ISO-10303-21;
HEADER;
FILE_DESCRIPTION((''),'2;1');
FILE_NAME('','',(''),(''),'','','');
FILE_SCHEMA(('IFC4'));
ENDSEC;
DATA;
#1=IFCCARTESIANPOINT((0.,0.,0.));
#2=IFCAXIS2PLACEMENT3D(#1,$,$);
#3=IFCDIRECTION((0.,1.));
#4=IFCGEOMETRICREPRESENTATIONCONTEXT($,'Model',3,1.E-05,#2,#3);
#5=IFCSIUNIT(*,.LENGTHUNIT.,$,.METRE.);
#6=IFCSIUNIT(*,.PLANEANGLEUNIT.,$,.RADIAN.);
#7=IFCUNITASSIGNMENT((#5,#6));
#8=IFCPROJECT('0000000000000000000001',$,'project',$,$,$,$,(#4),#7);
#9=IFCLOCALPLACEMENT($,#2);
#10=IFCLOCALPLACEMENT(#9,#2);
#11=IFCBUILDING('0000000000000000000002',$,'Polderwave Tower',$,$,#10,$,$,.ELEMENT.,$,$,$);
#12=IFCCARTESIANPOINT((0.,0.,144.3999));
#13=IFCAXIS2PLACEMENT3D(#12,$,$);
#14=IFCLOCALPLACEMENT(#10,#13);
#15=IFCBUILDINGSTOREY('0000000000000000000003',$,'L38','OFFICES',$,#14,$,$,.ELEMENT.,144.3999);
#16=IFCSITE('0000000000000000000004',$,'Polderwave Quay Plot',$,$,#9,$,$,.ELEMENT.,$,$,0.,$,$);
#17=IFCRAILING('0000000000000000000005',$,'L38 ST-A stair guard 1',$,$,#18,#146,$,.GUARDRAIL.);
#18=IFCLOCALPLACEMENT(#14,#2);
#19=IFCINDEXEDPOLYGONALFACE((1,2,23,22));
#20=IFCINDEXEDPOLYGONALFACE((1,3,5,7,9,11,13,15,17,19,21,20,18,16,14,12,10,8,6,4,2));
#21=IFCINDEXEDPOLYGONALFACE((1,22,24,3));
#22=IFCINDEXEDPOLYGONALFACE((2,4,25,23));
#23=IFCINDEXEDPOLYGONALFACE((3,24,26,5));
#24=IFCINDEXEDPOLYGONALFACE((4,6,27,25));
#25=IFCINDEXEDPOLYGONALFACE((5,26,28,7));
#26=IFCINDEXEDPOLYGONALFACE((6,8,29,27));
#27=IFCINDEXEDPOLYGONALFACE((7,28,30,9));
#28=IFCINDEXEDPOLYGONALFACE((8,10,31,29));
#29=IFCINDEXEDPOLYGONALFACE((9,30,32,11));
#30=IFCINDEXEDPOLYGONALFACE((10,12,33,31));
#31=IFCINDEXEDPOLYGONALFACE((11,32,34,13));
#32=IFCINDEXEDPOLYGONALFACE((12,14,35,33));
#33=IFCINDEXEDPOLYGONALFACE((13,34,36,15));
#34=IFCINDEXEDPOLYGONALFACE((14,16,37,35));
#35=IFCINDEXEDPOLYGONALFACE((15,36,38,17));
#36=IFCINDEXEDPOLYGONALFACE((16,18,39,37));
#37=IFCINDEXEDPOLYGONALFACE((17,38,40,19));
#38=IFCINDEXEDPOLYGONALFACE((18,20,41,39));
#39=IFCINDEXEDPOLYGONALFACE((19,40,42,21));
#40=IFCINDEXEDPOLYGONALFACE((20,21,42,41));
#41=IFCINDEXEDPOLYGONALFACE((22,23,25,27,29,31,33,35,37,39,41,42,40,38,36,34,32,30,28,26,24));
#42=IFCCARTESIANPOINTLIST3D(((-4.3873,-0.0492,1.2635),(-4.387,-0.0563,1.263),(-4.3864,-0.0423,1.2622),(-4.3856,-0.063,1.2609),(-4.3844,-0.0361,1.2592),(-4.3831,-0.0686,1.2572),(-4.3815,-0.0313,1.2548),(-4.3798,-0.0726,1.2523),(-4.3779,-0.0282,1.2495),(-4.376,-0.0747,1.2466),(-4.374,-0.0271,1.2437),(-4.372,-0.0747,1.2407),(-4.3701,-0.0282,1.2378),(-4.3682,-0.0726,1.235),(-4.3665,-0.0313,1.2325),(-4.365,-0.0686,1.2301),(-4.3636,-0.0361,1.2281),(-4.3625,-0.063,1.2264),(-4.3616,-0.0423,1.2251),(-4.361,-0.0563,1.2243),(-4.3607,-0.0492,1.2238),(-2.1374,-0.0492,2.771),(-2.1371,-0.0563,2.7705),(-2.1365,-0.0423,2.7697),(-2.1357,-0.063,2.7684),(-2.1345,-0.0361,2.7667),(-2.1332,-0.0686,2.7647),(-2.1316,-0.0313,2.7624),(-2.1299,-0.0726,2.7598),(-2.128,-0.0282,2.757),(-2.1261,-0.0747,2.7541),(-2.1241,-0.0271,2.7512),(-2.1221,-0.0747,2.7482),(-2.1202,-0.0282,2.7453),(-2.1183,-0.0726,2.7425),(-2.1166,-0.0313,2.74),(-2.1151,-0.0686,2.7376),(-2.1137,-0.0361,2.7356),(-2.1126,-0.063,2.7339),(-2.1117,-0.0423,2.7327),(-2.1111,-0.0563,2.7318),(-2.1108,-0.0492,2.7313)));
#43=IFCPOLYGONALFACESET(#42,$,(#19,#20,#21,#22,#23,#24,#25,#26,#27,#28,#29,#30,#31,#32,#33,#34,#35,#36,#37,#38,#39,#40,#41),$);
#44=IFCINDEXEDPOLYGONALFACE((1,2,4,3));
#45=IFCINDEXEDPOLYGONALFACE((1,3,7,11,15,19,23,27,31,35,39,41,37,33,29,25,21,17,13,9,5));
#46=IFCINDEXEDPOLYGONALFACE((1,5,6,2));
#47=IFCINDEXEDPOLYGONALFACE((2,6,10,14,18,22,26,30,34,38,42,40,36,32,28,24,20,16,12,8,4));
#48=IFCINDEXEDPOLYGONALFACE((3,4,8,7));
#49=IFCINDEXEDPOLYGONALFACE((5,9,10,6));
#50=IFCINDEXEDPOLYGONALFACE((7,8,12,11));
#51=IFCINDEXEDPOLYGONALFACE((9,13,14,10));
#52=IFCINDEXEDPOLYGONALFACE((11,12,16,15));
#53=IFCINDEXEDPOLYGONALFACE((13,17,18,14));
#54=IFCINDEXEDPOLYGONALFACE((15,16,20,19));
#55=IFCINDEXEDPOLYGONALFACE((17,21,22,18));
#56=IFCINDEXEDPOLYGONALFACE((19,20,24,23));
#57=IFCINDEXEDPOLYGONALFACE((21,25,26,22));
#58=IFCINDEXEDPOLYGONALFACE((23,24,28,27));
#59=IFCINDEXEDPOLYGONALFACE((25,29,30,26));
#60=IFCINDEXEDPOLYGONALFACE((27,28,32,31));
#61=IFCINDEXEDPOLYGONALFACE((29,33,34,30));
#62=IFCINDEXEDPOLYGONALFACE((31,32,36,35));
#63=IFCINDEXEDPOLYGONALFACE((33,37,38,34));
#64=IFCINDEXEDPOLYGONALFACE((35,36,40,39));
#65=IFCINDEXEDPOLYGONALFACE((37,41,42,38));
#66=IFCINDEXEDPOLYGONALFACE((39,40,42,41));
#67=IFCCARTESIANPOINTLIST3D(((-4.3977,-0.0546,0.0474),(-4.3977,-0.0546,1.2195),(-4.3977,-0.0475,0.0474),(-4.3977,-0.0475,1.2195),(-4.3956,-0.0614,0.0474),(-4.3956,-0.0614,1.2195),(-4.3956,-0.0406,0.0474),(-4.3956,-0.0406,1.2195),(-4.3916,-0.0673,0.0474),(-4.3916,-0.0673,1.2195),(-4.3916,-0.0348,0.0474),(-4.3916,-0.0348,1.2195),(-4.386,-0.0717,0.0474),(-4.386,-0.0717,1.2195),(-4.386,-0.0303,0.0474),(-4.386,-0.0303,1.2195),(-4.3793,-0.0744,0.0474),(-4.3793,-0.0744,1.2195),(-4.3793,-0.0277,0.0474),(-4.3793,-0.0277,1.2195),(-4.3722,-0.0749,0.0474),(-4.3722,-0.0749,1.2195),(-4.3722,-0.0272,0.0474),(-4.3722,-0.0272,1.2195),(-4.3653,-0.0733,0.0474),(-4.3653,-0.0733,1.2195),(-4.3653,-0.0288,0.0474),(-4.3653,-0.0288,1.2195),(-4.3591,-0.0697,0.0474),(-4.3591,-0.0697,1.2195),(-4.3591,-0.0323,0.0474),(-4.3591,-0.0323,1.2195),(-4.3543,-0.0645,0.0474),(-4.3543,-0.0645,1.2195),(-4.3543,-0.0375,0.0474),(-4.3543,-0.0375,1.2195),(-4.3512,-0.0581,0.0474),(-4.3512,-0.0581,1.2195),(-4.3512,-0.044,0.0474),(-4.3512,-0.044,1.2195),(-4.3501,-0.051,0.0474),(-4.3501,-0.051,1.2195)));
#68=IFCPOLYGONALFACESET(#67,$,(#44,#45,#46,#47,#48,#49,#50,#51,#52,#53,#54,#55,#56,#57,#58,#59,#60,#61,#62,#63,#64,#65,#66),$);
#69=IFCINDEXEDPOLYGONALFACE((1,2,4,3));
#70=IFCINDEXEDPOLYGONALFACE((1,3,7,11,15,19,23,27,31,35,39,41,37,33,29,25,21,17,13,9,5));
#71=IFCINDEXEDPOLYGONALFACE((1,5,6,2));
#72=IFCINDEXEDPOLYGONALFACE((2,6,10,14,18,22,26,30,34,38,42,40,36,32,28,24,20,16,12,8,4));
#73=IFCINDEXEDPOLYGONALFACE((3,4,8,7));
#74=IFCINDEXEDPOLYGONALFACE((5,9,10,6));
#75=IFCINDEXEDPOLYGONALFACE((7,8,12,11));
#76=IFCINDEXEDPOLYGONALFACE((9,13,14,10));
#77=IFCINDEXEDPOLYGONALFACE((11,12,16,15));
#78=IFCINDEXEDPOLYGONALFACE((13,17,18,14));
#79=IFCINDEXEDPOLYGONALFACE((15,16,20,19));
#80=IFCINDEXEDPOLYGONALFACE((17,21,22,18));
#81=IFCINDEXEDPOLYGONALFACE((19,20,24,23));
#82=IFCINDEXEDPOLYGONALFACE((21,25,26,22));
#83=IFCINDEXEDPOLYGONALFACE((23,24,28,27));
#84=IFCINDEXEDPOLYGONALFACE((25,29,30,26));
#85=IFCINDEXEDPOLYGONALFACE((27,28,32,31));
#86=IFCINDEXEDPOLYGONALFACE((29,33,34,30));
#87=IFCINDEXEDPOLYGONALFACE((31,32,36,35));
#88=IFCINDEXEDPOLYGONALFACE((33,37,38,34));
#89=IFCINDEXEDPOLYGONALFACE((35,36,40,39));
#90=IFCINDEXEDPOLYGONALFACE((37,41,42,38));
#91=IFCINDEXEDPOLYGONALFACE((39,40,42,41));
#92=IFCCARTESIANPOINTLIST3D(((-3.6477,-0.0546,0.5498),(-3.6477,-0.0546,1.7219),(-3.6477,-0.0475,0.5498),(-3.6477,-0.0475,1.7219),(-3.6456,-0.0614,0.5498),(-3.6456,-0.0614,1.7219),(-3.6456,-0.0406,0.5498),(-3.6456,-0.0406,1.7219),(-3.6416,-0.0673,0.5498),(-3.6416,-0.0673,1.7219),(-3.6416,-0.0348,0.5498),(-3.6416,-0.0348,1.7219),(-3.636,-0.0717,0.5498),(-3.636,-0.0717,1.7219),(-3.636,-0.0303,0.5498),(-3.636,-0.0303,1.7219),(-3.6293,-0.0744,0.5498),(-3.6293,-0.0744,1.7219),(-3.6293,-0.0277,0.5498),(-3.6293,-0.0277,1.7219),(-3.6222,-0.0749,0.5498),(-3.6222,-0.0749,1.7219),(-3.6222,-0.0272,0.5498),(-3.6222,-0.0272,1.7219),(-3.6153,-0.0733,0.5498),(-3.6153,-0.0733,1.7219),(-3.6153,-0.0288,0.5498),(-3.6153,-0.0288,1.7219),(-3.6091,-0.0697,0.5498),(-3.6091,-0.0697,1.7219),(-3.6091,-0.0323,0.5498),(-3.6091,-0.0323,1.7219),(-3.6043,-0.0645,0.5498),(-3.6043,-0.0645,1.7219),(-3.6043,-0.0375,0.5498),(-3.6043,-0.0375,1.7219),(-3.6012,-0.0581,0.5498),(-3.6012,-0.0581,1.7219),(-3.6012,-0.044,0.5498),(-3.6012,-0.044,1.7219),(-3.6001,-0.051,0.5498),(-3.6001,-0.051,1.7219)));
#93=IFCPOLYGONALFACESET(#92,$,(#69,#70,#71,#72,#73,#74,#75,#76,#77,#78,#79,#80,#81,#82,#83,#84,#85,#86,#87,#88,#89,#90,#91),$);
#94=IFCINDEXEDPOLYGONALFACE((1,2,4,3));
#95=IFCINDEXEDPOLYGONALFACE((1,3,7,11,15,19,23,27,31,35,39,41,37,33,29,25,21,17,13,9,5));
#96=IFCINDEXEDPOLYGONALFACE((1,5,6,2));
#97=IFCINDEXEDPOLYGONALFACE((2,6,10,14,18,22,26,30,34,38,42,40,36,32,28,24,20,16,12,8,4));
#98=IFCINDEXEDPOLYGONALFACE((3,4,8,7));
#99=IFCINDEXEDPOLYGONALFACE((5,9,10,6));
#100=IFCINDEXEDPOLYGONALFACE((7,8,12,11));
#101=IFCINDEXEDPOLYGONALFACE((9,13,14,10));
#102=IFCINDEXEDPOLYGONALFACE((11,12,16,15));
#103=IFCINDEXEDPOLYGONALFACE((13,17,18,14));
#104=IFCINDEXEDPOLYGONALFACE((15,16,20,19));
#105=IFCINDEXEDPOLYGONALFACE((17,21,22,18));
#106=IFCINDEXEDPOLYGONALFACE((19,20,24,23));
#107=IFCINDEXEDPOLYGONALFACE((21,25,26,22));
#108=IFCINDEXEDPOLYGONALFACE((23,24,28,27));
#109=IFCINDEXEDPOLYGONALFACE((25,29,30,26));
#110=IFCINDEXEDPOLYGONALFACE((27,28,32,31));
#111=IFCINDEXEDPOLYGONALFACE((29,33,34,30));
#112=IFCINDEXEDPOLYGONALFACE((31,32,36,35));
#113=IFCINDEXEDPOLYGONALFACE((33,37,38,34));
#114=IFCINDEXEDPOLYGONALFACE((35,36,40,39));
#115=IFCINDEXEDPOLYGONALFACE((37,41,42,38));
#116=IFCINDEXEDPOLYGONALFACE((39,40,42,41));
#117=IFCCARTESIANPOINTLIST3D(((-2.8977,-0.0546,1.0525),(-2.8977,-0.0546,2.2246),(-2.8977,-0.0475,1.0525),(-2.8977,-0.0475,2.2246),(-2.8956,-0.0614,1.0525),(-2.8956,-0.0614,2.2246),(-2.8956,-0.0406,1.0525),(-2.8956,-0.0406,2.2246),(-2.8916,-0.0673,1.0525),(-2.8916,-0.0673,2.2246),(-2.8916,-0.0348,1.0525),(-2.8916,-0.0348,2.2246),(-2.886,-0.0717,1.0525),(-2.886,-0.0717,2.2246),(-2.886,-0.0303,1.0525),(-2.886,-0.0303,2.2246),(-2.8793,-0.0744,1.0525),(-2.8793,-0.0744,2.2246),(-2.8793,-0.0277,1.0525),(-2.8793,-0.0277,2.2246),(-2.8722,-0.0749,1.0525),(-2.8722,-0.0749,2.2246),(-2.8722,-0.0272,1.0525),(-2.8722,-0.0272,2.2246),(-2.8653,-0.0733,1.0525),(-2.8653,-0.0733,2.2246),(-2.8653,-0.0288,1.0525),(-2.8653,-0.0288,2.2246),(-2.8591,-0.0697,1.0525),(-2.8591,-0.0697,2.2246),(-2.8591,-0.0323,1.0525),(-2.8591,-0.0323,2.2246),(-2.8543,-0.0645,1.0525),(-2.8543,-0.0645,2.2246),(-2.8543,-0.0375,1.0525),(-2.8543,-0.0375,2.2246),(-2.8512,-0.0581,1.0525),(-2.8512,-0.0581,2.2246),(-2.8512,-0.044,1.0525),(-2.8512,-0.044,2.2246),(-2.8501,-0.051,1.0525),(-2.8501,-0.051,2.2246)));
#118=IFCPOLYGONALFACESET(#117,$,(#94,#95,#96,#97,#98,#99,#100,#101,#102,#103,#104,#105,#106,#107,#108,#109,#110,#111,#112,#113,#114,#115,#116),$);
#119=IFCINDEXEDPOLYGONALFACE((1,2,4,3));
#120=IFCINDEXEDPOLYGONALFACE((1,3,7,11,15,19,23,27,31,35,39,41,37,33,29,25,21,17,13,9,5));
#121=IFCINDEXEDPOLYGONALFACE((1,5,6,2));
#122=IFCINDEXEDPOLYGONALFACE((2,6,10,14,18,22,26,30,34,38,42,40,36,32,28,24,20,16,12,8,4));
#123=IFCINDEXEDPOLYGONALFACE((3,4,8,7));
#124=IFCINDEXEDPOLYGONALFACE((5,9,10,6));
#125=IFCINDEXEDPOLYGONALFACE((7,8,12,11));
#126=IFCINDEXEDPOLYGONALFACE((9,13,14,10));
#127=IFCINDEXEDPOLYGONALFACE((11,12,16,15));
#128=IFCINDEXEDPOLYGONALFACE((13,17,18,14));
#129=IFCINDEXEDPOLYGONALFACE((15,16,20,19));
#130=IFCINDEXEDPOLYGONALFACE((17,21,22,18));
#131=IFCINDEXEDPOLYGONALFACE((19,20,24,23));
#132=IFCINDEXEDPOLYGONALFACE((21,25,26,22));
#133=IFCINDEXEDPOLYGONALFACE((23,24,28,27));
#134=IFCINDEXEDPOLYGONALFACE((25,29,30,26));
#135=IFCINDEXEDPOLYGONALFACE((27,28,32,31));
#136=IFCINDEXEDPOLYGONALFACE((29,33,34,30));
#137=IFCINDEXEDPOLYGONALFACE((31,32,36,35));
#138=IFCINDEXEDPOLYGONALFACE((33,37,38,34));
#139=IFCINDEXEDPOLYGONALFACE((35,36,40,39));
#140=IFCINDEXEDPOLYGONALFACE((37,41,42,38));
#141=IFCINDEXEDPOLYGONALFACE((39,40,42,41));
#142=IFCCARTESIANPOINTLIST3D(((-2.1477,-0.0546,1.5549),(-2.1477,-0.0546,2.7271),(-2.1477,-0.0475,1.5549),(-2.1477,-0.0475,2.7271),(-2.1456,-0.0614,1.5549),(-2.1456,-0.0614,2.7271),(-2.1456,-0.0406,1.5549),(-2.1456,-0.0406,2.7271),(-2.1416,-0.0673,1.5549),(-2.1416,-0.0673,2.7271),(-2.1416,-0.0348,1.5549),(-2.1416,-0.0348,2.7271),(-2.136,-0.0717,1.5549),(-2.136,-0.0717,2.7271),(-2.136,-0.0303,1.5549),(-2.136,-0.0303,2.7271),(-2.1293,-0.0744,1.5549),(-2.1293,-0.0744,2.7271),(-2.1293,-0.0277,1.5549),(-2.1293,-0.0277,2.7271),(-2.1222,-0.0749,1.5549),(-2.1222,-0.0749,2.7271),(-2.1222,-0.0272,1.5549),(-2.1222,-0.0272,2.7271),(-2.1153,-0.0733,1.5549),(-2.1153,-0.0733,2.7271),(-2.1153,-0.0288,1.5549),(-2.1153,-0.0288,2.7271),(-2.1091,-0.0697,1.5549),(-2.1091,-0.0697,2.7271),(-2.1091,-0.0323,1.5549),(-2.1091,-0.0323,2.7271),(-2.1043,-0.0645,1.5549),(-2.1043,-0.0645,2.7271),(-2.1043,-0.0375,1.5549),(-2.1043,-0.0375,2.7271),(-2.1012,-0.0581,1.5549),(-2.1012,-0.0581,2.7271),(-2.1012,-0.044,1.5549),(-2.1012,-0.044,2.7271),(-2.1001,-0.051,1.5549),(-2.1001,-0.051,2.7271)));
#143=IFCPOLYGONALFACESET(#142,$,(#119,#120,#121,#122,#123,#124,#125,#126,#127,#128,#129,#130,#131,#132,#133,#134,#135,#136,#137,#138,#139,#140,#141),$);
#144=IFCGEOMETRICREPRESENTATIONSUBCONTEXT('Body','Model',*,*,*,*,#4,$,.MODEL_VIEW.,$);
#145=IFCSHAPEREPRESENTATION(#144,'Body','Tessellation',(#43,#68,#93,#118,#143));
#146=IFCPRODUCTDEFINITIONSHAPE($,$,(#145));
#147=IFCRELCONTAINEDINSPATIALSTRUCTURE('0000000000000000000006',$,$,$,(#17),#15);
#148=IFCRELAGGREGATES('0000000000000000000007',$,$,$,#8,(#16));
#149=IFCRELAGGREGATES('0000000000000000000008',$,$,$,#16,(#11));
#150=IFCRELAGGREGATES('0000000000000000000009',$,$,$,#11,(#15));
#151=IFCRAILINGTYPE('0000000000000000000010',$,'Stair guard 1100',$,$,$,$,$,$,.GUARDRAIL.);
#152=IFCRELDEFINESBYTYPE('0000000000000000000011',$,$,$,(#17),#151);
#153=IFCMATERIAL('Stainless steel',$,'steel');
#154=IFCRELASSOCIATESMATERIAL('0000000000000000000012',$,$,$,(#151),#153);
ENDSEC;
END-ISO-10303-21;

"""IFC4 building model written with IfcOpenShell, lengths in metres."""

from ifc_helpers import new_model, si_unit, direction, frame, origin, origin_2d, place, context, subcontext, project, spatial, circle, extrude, material, type_object, element, save


model = new_model("IFC4")

# Units and contexts
model_context = context("Model", 3, precision=1e-05, world=origin(), true_north=direction((0.0, 1.0)))
body_context = subcontext(model_context, "Body", "Model", "MODEL_VIEW")
ifc_project = project(units=[si_unit("LENGTHUNIT", "METRE"), si_unit("PLANEANGLEUNIT", "RADIAN")], contexts=[model_context])

# Site, building, storey
site_placement = place(None, origin())
site = spatial("IfcSite", under=ifc_project, at=site_placement, Name="Polderwave Quay Plot", CompositionType="ELEMENT", RefElevation=0.0)
building_placement = place(site_placement, origin())
building = spatial("IfcBuilding", under=site, at=building_placement, Name="Polderwave Tower", CompositionType="ELEMENT")
storey_placement = place(building_placement, frame((0.0, 0.0, 144.3999)))
storey = spatial("IfcBuildingStorey", under=building, at=storey_placement, Name="L38", Description="OFFICES", CompositionType="ELEMENT", Elevation=144.3999)

# Railing
ifc_material_1 = material(Name="Stainless steel", Category="steel")
railing_type_1 = type_object("IfcRailingType", Name="Stair guard 1100", PredefinedType="GUARDRAIL", material=ifc_material_1)
railing_1_placement = place(storey_placement, frame((-4.374, -0.051, 0.0474)))
element("IfcRailing", 1, at=railing_1_placement, inside=storey, type_object=railing_type_1, Name="L38 ST-A stair guard 1", PredefinedType="GUARDRAIL", context=body_context, shape_type="SweptSolid", body=[
    extrude(circle(Radius=0.0239, at=origin_2d()), frame((0.0, 0.0, 1.1963), z_axis=(0.830758, 0.0, 0.556633), x_axis=(0.0, 1.0, 0.0)), (0.0, 0.0, 1.0), 2.7083),
    extrude(circle(Radius=0.0239, at=origin_2d()), origin(), (0.0, 0.0, 1.0), 1.1721),
    extrude(circle(Radius=0.0239, at=origin_2d()), frame((0.75, 0.0, 0.5024)), (0.0, 0.0, 1.0), 1.1721),
    extrude(circle(Radius=0.0239, at=origin_2d()), frame((1.5, 0.0, 1.0051)), (0.0, 0.0, 1.0), 1.1721),
    extrude(circle(Radius=0.0239, at=origin_2d()), frame((2.25, 0.0, 1.5076)), (0.0, 0.0, 1.0), 1.1721),
])

save(model, "model.ifc")
